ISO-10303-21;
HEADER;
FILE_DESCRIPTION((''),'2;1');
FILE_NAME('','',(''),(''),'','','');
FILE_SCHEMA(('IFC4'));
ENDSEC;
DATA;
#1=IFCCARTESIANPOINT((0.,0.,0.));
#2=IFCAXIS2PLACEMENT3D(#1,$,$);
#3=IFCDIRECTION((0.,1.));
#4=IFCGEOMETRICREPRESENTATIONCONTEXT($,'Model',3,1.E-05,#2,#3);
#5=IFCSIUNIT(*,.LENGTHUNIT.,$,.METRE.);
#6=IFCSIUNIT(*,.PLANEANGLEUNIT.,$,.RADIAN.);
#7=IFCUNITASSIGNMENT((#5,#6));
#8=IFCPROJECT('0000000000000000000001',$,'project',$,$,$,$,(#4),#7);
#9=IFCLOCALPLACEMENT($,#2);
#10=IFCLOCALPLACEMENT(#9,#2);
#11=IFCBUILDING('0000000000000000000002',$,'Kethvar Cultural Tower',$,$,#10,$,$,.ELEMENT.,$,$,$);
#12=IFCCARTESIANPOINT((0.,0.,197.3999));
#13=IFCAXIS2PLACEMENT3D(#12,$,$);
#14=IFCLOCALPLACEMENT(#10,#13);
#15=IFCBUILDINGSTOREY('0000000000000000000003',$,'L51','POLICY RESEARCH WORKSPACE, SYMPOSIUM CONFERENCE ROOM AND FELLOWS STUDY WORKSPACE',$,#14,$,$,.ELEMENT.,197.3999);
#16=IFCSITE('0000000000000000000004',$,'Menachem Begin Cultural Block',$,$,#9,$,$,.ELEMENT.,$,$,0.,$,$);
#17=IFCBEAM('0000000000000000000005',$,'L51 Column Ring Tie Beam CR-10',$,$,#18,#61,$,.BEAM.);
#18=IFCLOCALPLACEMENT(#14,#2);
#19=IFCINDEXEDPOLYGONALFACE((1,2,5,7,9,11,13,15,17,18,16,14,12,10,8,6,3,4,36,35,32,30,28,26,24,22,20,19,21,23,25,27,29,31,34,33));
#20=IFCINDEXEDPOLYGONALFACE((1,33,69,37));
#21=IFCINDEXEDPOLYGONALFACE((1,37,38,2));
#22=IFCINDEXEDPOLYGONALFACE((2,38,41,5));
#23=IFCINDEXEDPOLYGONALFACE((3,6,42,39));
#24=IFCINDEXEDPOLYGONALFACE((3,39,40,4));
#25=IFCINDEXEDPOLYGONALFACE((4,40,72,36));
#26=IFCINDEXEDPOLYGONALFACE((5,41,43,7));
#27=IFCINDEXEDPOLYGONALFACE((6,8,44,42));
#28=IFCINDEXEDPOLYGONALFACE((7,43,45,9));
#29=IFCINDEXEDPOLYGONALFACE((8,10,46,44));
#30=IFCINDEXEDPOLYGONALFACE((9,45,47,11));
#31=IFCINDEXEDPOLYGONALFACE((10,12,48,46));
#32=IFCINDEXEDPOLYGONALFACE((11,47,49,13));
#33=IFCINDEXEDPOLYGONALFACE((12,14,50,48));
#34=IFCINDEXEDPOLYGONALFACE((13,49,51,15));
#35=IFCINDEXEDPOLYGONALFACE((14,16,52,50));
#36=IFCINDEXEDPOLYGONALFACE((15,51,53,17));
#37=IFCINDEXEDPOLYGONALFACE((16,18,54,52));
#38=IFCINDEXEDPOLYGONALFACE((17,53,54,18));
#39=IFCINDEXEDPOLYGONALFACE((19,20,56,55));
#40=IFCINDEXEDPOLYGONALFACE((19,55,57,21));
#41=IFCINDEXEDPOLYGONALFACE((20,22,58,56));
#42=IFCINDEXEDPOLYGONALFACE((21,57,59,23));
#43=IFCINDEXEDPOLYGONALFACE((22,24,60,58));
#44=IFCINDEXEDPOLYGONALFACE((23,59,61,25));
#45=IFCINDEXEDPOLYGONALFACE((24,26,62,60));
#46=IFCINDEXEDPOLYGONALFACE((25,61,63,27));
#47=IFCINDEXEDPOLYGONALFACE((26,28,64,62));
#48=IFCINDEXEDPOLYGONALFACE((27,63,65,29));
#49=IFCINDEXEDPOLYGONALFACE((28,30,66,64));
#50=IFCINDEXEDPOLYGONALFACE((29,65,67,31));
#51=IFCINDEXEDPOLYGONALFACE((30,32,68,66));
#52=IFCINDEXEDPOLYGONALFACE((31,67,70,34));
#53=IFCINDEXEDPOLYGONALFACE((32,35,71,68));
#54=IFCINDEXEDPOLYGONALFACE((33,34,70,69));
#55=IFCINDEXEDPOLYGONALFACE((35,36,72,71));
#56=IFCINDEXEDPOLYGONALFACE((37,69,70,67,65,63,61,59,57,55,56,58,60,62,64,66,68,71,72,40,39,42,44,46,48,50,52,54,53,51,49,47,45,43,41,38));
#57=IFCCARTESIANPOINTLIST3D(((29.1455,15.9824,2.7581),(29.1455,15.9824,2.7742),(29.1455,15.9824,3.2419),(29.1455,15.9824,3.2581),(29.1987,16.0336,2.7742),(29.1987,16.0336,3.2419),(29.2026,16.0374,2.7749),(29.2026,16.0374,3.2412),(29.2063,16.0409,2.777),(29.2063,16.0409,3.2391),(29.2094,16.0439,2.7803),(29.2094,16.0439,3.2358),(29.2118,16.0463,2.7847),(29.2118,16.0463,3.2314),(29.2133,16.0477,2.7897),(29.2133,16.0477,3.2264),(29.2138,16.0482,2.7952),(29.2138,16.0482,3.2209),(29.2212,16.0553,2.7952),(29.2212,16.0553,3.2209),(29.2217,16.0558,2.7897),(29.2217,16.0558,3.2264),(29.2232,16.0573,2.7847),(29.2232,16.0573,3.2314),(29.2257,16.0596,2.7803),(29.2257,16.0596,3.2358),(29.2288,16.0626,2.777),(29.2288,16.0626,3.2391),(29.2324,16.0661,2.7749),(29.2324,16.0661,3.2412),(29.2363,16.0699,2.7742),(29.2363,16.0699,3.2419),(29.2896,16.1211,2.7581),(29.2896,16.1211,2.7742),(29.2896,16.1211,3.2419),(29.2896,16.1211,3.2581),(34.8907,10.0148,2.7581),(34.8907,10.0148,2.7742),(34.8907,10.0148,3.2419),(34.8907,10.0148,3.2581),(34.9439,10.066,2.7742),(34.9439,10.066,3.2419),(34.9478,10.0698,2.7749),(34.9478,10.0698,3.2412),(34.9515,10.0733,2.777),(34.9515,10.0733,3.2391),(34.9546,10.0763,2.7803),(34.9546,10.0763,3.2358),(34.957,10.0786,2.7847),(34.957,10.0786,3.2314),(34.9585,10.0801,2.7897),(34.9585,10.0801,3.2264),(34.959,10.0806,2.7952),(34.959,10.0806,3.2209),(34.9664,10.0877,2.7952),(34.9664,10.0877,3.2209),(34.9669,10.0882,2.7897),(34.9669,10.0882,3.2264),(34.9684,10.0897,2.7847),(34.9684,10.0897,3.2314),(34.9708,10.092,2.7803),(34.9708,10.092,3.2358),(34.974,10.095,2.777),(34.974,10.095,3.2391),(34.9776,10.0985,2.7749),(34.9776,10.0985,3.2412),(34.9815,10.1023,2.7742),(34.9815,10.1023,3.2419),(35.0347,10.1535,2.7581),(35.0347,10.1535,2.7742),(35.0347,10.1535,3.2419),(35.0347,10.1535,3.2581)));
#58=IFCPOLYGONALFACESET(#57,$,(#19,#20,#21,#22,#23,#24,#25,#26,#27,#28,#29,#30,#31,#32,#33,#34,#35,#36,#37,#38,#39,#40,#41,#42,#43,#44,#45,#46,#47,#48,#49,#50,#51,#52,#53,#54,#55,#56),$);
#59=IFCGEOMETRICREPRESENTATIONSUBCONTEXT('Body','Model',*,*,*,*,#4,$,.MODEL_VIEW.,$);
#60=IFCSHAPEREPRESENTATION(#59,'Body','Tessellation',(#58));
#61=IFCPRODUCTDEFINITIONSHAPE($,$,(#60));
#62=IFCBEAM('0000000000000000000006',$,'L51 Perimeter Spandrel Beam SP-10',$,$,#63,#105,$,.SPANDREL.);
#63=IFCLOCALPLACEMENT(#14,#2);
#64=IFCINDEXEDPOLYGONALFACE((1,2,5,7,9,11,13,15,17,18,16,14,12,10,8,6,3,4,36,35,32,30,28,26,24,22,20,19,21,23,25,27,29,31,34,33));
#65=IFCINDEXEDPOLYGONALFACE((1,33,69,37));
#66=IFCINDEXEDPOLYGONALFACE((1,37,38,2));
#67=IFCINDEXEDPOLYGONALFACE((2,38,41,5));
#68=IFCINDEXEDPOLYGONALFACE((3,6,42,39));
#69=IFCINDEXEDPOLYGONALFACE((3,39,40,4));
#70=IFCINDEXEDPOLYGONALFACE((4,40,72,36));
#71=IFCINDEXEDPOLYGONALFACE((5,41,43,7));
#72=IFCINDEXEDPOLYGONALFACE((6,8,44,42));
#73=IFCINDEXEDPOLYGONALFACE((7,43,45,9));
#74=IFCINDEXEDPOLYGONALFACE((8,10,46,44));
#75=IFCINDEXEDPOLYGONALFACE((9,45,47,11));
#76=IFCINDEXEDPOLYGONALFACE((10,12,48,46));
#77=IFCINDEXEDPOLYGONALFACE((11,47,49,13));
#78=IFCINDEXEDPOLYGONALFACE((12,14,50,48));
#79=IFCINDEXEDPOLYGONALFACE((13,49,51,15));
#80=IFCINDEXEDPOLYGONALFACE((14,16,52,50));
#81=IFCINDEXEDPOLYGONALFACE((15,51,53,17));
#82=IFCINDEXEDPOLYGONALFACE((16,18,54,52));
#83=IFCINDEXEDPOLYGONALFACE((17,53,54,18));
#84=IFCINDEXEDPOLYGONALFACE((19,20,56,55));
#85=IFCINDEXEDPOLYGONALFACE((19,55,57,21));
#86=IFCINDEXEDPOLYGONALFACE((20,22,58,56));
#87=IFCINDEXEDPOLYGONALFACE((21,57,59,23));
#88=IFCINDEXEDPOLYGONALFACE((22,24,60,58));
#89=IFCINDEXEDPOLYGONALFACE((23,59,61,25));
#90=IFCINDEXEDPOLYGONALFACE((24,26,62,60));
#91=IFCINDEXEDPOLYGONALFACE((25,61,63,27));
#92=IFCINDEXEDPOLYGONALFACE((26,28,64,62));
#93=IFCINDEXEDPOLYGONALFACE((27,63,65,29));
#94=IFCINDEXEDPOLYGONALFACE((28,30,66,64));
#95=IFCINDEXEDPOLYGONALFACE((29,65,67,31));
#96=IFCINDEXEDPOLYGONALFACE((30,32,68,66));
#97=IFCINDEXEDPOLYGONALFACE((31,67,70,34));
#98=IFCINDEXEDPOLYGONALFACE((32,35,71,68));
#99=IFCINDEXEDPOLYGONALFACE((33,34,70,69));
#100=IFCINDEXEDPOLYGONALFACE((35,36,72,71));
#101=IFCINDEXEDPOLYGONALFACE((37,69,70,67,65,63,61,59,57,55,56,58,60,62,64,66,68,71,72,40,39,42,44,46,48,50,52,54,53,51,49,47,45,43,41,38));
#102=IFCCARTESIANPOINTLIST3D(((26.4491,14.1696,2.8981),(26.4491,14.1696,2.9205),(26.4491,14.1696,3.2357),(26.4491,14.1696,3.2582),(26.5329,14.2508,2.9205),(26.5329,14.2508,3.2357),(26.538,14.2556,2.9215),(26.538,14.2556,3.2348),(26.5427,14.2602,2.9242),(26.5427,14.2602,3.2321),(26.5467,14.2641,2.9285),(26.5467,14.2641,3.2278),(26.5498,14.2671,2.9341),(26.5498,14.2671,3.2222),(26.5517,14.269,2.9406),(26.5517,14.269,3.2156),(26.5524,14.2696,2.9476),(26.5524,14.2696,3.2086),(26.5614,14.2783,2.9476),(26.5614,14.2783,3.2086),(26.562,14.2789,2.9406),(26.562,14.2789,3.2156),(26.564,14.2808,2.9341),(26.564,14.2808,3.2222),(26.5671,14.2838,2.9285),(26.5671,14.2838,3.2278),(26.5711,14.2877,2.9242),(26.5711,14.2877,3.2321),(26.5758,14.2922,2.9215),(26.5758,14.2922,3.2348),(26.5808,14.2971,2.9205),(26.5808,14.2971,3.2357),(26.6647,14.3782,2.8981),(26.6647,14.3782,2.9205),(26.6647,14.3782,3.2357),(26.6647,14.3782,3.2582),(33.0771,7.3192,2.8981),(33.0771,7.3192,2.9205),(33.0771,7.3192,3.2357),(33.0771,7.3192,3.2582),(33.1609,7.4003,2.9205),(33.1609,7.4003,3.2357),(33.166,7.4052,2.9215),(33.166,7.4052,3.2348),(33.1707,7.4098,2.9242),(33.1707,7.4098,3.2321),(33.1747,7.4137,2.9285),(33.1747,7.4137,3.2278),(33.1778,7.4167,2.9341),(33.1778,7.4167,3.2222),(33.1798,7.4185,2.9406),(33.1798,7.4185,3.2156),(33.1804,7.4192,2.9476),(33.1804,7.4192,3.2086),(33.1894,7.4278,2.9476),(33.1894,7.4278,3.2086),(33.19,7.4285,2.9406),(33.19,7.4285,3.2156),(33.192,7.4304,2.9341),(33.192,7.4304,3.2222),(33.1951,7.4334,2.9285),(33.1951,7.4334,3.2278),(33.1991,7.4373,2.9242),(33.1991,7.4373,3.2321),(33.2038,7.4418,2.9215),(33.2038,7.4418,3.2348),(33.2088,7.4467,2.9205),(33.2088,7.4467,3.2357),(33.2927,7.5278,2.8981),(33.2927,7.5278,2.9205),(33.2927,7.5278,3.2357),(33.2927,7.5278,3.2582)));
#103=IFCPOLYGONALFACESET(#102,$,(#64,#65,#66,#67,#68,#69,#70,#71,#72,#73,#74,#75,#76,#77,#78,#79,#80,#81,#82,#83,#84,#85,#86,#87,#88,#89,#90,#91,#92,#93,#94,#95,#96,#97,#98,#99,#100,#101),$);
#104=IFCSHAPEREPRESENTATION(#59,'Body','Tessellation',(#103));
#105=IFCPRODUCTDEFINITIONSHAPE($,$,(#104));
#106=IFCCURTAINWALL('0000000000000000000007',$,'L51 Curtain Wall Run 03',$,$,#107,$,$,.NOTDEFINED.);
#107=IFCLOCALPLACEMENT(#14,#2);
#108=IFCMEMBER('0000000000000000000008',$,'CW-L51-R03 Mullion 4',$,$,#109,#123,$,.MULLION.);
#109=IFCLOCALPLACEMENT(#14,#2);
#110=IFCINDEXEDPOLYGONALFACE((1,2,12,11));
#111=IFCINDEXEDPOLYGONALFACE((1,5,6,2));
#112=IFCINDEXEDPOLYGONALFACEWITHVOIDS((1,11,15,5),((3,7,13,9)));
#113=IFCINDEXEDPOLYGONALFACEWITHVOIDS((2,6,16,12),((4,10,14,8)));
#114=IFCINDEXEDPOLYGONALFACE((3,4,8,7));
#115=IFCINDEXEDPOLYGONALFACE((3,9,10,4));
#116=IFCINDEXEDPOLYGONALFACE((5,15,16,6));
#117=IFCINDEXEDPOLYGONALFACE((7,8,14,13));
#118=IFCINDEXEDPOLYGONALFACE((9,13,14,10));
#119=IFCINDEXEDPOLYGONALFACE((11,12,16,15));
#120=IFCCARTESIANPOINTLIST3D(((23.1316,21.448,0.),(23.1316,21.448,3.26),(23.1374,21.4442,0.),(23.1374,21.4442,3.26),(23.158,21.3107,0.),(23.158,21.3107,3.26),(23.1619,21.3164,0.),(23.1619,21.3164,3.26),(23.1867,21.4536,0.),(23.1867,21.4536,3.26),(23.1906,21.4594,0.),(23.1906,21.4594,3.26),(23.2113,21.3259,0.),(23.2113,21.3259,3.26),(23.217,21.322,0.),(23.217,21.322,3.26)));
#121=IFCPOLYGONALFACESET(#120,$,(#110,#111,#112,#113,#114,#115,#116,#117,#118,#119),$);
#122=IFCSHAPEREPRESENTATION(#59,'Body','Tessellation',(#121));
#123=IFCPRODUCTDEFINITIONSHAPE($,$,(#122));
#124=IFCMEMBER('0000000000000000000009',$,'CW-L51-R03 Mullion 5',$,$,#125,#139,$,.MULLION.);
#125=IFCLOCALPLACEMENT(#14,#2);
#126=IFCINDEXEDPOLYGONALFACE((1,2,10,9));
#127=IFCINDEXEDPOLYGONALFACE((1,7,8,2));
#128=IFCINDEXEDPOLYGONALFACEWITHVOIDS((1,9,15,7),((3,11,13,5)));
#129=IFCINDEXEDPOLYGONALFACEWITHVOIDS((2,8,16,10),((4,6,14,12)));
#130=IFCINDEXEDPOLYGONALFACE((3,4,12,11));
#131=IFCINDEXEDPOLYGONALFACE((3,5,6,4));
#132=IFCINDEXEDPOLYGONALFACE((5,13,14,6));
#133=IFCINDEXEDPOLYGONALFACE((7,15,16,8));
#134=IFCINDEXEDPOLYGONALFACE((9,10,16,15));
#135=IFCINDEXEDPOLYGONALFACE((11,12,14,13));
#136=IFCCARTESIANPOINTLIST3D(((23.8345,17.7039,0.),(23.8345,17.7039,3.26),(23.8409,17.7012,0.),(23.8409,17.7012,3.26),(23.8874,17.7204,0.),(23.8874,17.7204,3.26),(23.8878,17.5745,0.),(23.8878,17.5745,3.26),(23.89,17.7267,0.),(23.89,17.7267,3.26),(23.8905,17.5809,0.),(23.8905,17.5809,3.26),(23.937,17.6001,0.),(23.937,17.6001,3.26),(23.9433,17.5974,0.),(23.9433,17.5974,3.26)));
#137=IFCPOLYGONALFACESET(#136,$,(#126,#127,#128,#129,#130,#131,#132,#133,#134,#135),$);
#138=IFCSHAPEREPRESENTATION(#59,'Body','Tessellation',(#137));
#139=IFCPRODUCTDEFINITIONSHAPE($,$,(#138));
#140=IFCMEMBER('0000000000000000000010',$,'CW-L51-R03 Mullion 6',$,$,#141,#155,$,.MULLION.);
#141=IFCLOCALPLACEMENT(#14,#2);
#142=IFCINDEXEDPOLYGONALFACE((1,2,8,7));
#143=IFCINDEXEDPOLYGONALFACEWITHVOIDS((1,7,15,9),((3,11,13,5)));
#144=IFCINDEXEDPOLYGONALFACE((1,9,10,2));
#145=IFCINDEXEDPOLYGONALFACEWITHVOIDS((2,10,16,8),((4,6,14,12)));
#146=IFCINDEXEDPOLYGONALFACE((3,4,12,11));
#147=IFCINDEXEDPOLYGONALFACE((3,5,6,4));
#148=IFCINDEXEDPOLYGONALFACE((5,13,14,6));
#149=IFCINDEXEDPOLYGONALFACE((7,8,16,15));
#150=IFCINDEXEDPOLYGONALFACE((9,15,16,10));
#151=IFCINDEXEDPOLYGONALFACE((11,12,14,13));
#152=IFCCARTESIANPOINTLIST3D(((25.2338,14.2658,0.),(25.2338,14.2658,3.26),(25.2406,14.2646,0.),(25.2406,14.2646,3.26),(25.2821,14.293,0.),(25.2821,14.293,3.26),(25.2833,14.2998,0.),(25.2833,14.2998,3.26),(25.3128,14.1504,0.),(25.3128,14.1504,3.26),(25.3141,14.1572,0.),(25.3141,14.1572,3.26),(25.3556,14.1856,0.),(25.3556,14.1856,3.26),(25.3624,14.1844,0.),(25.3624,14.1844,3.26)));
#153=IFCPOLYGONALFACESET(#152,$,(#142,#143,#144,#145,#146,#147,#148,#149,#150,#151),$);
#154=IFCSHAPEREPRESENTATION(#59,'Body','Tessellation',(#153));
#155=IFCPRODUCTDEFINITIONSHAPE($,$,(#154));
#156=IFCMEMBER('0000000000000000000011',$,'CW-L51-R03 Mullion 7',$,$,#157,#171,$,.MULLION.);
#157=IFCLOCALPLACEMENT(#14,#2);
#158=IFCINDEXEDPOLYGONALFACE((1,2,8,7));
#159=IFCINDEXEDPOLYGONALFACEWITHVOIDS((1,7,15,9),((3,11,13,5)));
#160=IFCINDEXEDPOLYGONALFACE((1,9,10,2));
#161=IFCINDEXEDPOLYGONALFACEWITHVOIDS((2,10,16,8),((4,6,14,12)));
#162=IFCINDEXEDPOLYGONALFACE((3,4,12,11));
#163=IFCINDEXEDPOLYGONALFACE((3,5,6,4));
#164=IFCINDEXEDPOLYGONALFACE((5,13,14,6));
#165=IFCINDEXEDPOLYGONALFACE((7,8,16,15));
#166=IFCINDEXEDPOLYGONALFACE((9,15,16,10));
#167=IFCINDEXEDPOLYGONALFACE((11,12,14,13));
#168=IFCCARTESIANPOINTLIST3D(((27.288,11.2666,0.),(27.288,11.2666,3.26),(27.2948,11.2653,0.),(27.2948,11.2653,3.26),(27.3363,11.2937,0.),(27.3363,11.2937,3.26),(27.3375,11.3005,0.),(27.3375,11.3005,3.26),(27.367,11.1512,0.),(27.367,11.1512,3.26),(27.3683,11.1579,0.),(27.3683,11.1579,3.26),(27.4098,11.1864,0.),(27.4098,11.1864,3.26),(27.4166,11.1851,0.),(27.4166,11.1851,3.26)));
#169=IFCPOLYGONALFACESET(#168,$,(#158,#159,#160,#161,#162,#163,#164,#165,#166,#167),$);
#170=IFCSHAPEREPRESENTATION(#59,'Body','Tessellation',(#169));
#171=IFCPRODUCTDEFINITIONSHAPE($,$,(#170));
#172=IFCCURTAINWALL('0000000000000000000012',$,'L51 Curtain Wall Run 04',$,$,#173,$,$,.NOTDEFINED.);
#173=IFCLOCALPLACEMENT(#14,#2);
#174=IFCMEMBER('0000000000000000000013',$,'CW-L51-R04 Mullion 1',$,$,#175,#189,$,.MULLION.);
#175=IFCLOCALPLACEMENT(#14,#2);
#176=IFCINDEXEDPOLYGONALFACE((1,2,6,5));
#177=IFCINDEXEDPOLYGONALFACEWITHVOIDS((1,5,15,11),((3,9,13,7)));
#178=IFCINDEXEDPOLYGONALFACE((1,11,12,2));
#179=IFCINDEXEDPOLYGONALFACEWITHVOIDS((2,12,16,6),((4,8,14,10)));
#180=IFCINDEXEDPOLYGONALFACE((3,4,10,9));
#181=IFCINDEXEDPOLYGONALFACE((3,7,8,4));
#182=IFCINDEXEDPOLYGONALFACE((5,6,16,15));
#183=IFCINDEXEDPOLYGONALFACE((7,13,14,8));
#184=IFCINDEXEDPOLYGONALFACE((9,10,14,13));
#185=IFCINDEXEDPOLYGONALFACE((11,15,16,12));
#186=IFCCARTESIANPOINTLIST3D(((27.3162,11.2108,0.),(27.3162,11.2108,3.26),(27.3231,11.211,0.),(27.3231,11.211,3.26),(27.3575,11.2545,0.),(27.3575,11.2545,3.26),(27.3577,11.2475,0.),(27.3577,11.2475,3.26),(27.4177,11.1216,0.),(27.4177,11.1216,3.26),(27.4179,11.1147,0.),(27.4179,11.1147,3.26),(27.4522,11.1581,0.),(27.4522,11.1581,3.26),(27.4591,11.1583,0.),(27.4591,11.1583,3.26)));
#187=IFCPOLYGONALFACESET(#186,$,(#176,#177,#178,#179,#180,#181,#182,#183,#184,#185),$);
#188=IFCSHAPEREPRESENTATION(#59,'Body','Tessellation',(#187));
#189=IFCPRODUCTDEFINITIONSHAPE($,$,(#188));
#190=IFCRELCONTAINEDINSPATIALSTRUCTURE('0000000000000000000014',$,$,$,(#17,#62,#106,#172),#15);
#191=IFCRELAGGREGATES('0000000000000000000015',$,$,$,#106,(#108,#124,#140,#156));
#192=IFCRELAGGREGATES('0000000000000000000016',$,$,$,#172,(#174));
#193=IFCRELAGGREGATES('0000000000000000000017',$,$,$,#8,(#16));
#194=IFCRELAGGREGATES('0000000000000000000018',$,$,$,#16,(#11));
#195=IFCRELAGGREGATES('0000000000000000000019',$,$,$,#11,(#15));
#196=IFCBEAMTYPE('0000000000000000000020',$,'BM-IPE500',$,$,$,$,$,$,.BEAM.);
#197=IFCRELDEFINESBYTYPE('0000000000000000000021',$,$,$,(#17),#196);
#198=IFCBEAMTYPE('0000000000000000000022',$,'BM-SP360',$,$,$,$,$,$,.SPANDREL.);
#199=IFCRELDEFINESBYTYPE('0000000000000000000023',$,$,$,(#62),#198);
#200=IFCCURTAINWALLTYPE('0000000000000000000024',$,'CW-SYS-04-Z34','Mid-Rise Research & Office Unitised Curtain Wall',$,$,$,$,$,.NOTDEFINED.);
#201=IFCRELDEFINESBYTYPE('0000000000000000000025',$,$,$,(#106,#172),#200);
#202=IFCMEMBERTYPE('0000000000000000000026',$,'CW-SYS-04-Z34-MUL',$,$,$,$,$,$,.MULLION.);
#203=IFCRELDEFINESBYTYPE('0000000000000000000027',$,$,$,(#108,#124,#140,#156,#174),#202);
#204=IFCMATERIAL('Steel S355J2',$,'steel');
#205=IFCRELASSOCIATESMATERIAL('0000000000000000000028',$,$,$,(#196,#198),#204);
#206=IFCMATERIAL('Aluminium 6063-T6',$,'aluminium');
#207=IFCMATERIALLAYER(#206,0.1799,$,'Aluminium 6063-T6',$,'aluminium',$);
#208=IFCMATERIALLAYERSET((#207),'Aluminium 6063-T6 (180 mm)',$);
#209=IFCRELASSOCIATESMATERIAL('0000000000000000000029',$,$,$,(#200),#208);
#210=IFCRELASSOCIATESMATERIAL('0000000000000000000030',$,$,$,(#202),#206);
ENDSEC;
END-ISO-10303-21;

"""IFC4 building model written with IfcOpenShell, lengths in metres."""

from ifc_helpers import new_model, si_unit, direction, frame, origin, origin_2d, place, context, subcontext, project, spatial, hollow_rectangle, i_section, extrude, source, transform, mapped, material, layer, layer_set, material_profile, profile_set, type_object, element, aggregate, save


model = new_model("IFC4")

# Units and contexts
model_context = context("Model", 3, precision=1e-05, world=origin(), true_north=direction((0.0, 1.0)))
body_context = subcontext(model_context, "Body", "Model", "MODEL_VIEW")
ifc_project = project(units=[si_unit("LENGTHUNIT", "METRE"), si_unit("PLANEANGLEUNIT", "RADIAN")], contexts=[model_context])

# Site, building, storey
site_placement = place(None, origin())
site = spatial("IfcSite", under=ifc_project, at=site_placement, Name="Menachem Begin Cultural Block", CompositionType="ELEMENT", RefElevation=0.0)
building_placement = place(site_placement, origin())
building = spatial("IfcBuilding", under=site, at=building_placement, Name="Kethvar Cultural Tower", CompositionType="ELEMENT")
storey_placement = place(building_placement, frame((0.0, 0.0, 197.3999)))
storey = spatial("IfcBuildingStorey", under=building, at=storey_placement, Name="L51", Description="POLICY RESEARCH WORKSPACE, SYMPOSIUM CONFERENCE ROOM AND FELLOWS STUDY WORKSPACE", CompositionType="ELEMENT", Elevation=197.3999)

# Beams
ifc_material_1 = material(Name="Steel S355J2", Category="steel")
ifc_material_profile_1 = material_profile(ifc_material_1, i_section(OverallWidth=0.2, OverallDepth=0.5, WebThickness=0.0103, FlangeThickness=0.0161, FilletRadius=0.021, at=origin_2d()), Name="Steel S355J2 — IPE500")
ifc_profile_set_1 = profile_set([ifc_material_profile_1], Name="Steel S355J2 — IPE500")
beam_type_1 = type_object("IfcBeamType", Name="BM-IPE500", PredefinedType="BEAM", material=ifc_profile_set_1)
ifc_material_profile_2 = material_profile(ifc_material_1, i_section(OverallWidth=0.3, OverallDepth=0.3601, WebThickness=0.0125, FlangeThickness=0.0225, FilletRadius=0.0271, at=origin_2d()), Name="Steel S355J2 — HEB360")
ifc_profile_set_2 = profile_set([ifc_material_profile_2], Name="Steel S355J2 — HEB360")
beam_type_2 = type_object("IfcBeamType", Name="BM-SP360", PredefinedType="SPANDREL", material=ifc_profile_set_2)
shared_shape_1 = source(origin(), body_context, "Body", "SweptSolid", [
    extrude(i_section(OverallWidth=0.2, OverallDepth=0.5, WebThickness=0.0103, FlangeThickness=0.0161, FilletRadius=0.021, at=origin_2d()), origin(), (0.0, 0.0, 1.0), 8.2837),
])
beam_1_placement = place(storey_placement, frame((29.2175, 16.0518, 3.0081), z_axis=(0.693554, -0.720404, 0.0), x_axis=(0.720404, 0.693554, 0.0)))
element("IfcBeam", 1, at=beam_1_placement, inside=storey, type_object=beam_type_1, Name="L51 Column Ring Tie Beam CR-10", PredefinedType="BEAM", context=body_context, shape_type="MappedRepresentation", body=[
    mapped(shared_shape_1, transform((0.0, 0.0, 0.0), scale=1.0)),
])
shared_shape_2 = source(origin(), body_context, "Body", "SweptSolid", [
    extrude(i_section(OverallWidth=0.3, OverallDepth=0.3601, WebThickness=0.0125, FlangeThickness=0.0225, FilletRadius=0.0271, at=origin_2d()), origin(), (0.0, 0.0, 1.0), 9.532),
])
beam_2_placement = place(storey_placement, frame((26.5569, 14.2739, 3.0781), z_axis=(0.695344, -0.718677, 0.0), x_axis=(0.718677, 0.695344, 0.0)))
element("IfcBeam", 2, at=beam_2_placement, inside=storey, type_object=beam_type_2, Name="L51 Perimeter Spandrel Beam SP-10", PredefinedType="SPANDREL", context=body_context, shape_type="MappedRepresentation", body=[
    mapped(shared_shape_2, transform((0.0, 0.0, 0.0), scale=1.0)),
])

# Curtain wall, members
ifc_material_2 = material(Name="Aluminium 6063-T6", Category="aluminium")
ifc_layer_1 = layer(ifc_material_2, 0.1799, Name="Aluminium 6063-T6", Category="aluminium")
ifc_layer_set_1 = layer_set([ifc_layer_1], Name="Aluminium 6063-T6 (180 mm)")
curtain_wall_type = type_object("IfcCurtainWallType", Name="CW-SYS-04-Z34", Description="Mid-Rise Research & Office Unitised Curtain Wall", PredefinedType="NOTDEFINED", material=ifc_layer_set_1)
curtain_wall_1_placement = place(storey_placement, origin())
curtain_wall_1 = element("IfcCurtainWall", 3, at=curtain_wall_1_placement, inside=storey, type_object=curtain_wall_type, Name="L51 Curtain Wall Run 03", PredefinedType="NOTDEFINED")
ifc_material_profile_3 = material_profile(ifc_material_2, hollow_rectangle(XDim=0.0601, YDim=0.1399, WallThickness=0.0049, at=origin_2d()), Name="Aluminium 6063-T6 — RHS140x60x5")
ifc_profile_set_3 = profile_set([ifc_material_profile_3], Name="Aluminium 6063-T6 — RHS140x60x5")
member_type_1 = type_object("IfcMemberType", Name="CW-SYS-04-Z34-MUL", PredefinedType="MULLION", material=ifc_profile_set_3)
shared_shape_3 = source(origin(), body_context, "Body", "SweptSolid", [
    extrude(hollow_rectangle(XDim=0.0601, YDim=0.1399, WallThickness=0.0049, at=origin_2d()), origin(), (0.0, 0.0, 1.0), 3.26),
])
member_1_placement = place(storey_placement, frame((23.1743, 21.385, 0.0), z_axis=(0.0, 0.0, 1.0), x_axis=(0.982064, 0.188547, 0.0)))
member_1 = element("IfcMember", 4, at=member_1_placement, type_object=member_type_1, Name="CW-L51-R03 Mullion 4", PredefinedType="MULLION", context=body_context, shape_type="MappedRepresentation", body=[
    mapped(shared_shape_3, transform((0.0, 0.0, 0.0), scale=1.0)),
])
member_2_placement = place(storey_placement, frame((23.8889, 17.6506, 0.0), z_axis=(0.0, 0.0, 1.0), x_axis=(0.924553, 0.381054, 0.0)))
member_2 = element("IfcMember", 5, at=member_2_placement, type_object=member_type_1, Name="CW-L51-R03 Mullion 5", PredefinedType="MULLION", context=body_context, shape_type="MappedRepresentation", body=[
    mapped(shared_shape_3, transform((0.0, 0.0, 0.0), scale=1.0)),
])
member_3_placement = place(storey_placement, frame((25.2981, 14.2251, 0.0), z_axis=(0.0, 0.0, 1.0), x_axis=(0.825035, 0.565082, 0.0)))
member_3 = element("IfcMember", 6, at=member_3_placement, type_object=member_type_1, Name="CW-L51-R03 Mullion 6", PredefinedType="MULLION", context=body_context, shape_type="MappedRepresentation", body=[
    mapped(shared_shape_3, transform((0.0, 0.0, 0.0), scale=1.0)),
])
member_4_placement = place(storey_placement, frame((27.3523, 11.2258, 0.0), z_axis=(0.0, 0.0, 1.0), x_axis=(0.825035, 0.565082, 0.0)))
member_4 = element("IfcMember", 7, at=member_4_placement, type_object=member_type_1, Name="CW-L51-R03 Mullion 7", PredefinedType="MULLION", context=body_context, shape_type="MappedRepresentation", body=[
    mapped(shared_shape_3, transform((0.0, 0.0, 0.0), scale=1.0)),
])

# Curtain wall, member
curtain_wall_2_placement = place(storey_placement, origin())
curtain_wall_2 = element("IfcCurtainWall", 8, at=curtain_wall_2_placement, inside=storey, type_object=curtain_wall_type, Name="L51 Curtain Wall Run 04", PredefinedType="NOTDEFINED")
member_5_placement = place(storey_placement, frame((27.3877, 11.1846, 0.0), z_axis=(0.0, 0.0, 1.0), x_axis=(0.687189, 0.726479, 0.0)))
member_5 = element("IfcMember", 9, at=member_5_placement, type_object=member_type_1, Name="CW-L51-R04 Mullion 1", PredefinedType="MULLION", context=body_context, shape_type="MappedRepresentation", body=[
    mapped(shared_shape_3, transform((0.0, 0.0, 0.0), scale=1.0)),
])

aggregate(curtain_wall_1, [member_1, member_2, member_3, member_4])
aggregate(curtain_wall_2, [member_5])

save(model, "model.ifc")
